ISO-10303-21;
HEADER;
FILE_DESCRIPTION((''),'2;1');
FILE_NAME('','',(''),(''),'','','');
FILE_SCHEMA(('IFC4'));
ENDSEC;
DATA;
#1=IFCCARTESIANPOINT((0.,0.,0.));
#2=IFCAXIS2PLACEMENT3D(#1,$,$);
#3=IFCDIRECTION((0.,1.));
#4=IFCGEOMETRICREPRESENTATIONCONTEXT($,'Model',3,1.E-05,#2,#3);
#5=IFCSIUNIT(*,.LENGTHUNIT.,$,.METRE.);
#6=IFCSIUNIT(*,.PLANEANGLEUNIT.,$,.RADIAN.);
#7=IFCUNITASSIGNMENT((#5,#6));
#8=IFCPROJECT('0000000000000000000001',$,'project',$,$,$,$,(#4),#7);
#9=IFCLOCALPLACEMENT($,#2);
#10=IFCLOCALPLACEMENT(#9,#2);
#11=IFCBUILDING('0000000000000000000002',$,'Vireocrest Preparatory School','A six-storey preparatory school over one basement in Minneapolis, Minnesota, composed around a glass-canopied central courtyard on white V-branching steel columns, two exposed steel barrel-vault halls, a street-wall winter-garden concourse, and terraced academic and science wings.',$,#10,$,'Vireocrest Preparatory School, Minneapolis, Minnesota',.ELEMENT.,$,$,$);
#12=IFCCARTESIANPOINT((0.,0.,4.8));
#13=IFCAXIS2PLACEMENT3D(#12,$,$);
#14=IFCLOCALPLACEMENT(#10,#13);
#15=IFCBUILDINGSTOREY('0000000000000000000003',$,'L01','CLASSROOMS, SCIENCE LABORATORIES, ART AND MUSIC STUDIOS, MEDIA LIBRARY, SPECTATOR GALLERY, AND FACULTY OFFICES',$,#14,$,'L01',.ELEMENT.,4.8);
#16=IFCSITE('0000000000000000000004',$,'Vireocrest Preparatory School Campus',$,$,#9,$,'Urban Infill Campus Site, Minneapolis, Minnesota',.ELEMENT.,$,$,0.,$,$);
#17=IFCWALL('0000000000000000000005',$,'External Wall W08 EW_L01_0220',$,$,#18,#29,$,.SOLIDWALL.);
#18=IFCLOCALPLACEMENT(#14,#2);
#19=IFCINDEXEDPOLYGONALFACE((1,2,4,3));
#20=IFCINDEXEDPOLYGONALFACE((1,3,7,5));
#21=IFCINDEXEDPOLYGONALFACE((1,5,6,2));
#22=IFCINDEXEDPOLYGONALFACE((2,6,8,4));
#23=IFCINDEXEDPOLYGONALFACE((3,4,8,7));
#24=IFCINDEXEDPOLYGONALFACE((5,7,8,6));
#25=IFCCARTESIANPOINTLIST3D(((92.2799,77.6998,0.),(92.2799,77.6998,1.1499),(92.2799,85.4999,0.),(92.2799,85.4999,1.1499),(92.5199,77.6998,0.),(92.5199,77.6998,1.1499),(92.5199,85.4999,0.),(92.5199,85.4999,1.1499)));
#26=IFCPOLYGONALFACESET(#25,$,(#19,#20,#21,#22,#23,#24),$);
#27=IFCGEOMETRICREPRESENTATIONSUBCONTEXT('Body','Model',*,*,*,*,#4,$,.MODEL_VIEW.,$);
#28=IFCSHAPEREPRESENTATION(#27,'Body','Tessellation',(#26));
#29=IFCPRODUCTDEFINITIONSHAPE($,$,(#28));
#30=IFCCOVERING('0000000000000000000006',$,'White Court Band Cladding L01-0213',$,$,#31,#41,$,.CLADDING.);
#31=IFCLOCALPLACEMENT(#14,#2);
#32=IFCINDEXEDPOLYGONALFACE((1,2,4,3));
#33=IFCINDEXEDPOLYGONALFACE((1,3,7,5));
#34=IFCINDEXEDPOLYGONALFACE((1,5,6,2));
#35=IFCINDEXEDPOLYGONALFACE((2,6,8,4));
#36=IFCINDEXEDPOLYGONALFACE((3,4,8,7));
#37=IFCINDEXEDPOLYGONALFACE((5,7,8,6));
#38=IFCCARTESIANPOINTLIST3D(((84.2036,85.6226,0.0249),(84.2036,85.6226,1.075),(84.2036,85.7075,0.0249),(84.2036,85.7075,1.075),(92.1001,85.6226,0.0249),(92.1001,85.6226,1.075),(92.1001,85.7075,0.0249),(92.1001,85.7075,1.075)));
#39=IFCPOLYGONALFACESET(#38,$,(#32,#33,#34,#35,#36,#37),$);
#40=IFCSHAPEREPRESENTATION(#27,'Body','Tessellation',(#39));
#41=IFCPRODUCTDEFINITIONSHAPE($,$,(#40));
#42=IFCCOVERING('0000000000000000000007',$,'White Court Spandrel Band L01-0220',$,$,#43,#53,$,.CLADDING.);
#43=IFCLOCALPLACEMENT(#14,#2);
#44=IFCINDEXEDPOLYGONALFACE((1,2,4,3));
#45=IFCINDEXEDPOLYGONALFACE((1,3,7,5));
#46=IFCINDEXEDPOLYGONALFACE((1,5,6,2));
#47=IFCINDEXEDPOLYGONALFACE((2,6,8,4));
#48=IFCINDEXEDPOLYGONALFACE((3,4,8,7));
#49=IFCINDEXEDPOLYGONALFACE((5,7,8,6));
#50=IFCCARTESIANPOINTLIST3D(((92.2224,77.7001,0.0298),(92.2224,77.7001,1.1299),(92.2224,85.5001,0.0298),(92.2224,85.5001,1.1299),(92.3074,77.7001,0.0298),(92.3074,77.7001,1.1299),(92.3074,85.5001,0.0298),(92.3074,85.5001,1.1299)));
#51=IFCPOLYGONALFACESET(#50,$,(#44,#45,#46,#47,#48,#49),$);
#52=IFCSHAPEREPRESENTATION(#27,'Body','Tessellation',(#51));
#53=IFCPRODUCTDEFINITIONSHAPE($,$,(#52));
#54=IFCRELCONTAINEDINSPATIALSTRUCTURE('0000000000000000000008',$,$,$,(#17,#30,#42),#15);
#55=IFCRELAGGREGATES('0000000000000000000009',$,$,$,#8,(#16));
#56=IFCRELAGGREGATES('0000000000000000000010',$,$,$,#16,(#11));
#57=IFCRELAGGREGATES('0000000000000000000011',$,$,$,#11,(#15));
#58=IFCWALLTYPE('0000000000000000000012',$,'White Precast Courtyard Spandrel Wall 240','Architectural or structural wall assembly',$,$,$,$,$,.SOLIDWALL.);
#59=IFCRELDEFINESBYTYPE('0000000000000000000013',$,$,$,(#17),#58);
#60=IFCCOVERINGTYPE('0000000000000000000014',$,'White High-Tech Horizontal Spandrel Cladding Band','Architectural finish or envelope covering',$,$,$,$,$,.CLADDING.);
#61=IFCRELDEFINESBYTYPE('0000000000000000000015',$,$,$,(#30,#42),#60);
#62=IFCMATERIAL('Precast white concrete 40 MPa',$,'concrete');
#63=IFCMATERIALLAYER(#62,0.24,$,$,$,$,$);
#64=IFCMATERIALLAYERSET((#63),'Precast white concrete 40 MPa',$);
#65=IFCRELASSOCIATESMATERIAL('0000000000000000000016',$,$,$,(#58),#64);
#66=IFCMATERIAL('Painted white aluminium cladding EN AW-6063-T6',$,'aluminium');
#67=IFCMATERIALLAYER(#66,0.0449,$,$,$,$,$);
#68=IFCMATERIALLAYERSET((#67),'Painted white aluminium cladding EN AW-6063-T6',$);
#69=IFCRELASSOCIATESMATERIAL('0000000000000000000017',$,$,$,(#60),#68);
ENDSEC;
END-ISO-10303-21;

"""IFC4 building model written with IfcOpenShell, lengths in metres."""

from ifc_helpers import new_model, si_unit, direction, frame, frame_2d, origin, origin_2d, place, context, subcontext, project, spatial, rectangle, extrude, material, layer, layer_set, type_object, element, save


model = new_model("IFC4")

# Units and contexts
model_context = context("Model", 3, precision=1e-05, world=origin(), true_north=direction((0.0, 1.0)))
body_context = subcontext(model_context, "Body", "Model", "MODEL_VIEW")
ifc_project = project(units=[si_unit("LENGTHUNIT", "METRE"), si_unit("PLANEANGLEUNIT", "RADIAN")], contexts=[model_context])

# Site, building, storey
site_placement = place(None, origin())
site = spatial("IfcSite", under=ifc_project, at=site_placement, Name="Vireocrest Preparatory School Campus", LongName="Urban Infill Campus Site, Minneapolis, Minnesota", CompositionType="ELEMENT", RefElevation=0.0)
building_placement = place(site_placement, origin())
building = spatial("IfcBuilding", under=site, at=building_placement, Name="Vireocrest Preparatory School", Description="A six-storey preparatory school over one basement in Minneapolis, Minnesota, composed around a glass-canopied central courtyard on white V-branching steel columns, two exposed steel barrel-vault halls, a street-wall winter-garden concourse, and terraced academic and science wings.", LongName="Vireocrest Preparatory School, Minneapolis, Minnesota", CompositionType="ELEMENT")
storey_placement = place(building_placement, frame((0.0, 0.0, 4.8)))
storey = spatial("IfcBuildingStorey", under=building, at=storey_placement, Name="L01", Description="CLASSROOMS, SCIENCE LABORATORIES, ART AND MUSIC STUDIOS, MEDIA LIBRARY, SPECTATOR GALLERY, AND FACULTY OFFICES", LongName="L01", CompositionType="ELEMENT", Elevation=4.8)

# Wall
ifc_material_1 = material(Name="Precast white concrete 40 MPa", Category="concrete")
ifc_layer_1 = layer(ifc_material_1, 0.24)
ifc_layer_set_1 = layer_set([ifc_layer_1], Name="Precast white concrete 40 MPa")
wall_type = type_object("IfcWallType", Name="White Precast Courtyard Spandrel Wall 240", Description="Architectural or structural wall assembly", PredefinedType="SOLIDWALL", material=ifc_layer_set_1)
wall_placement = place(storey_placement, frame((92.3999, 77.7, 0.0), z_axis=(0.0, 0.0, 1.0), x_axis=(0.0, 1.0, 0.0)))
element("IfcWall", 1, at=wall_placement, inside=storey, type_object=wall_type, Name="External Wall W08 EW_L01_0220", PredefinedType="SOLIDWALL", context=body_context, shape_type="SweptSolid", body=[
    extrude(rectangle(XDim=7.8, YDim=0.24, at=frame_2d((3.8999, 0.0))), origin(), (0.0, 0.0, 1.0), 1.1499),
])

# Coverings
ifc_material_2 = material(Name="Painted white aluminium cladding EN AW-6063-T6", Category="aluminium")
ifc_layer_2 = layer(ifc_material_2, 0.0449)
ifc_layer_set_2 = layer_set([ifc_layer_2], Name="Painted white aluminium cladding EN AW-6063-T6")
covering_type = type_object("IfcCoveringType", Name="White High-Tech Horizontal Spandrel Cladding Band", Description="Architectural finish or envelope covering", PredefinedType="CLADDING", material=ifc_layer_set_2)
covering_1_placement = place(storey_placement, frame((88.1519, 85.665, 0.0249), z_axis=(0.0, 0.0, 1.0), x_axis=(1.0, 0.0, 0.0)))
element("IfcCovering", 2, at=covering_1_placement, inside=storey, type_object=covering_type, Name="White Court Band Cladding L01-0213", PredefinedType="CLADDING", context=body_context, shape_type="SweptSolid", body=[
    extrude(rectangle(XDim=7.8965, YDim=0.085, at=origin_2d()), origin(), (0.0, 0.0, 1.0), 1.05),
])
covering_2_placement = place(storey_placement, frame((92.2649, 81.6001, 0.0298), z_axis=(0.0, 0.0, 1.0), x_axis=(1.0, 0.0, 0.0)))
element("IfcCovering", 3, at=covering_2_placement, inside=storey, type_object=covering_type, Name="White Court Spandrel Band L01-0220", PredefinedType="CLADDING", context=body_context, shape_type="SweptSolid", body=[
    extrude(rectangle(XDim=0.085, YDim=7.8, at=origin_2d()), origin(), (0.0, 0.0, 1.0), 1.1001),
])

save(model, "model.ifc")
